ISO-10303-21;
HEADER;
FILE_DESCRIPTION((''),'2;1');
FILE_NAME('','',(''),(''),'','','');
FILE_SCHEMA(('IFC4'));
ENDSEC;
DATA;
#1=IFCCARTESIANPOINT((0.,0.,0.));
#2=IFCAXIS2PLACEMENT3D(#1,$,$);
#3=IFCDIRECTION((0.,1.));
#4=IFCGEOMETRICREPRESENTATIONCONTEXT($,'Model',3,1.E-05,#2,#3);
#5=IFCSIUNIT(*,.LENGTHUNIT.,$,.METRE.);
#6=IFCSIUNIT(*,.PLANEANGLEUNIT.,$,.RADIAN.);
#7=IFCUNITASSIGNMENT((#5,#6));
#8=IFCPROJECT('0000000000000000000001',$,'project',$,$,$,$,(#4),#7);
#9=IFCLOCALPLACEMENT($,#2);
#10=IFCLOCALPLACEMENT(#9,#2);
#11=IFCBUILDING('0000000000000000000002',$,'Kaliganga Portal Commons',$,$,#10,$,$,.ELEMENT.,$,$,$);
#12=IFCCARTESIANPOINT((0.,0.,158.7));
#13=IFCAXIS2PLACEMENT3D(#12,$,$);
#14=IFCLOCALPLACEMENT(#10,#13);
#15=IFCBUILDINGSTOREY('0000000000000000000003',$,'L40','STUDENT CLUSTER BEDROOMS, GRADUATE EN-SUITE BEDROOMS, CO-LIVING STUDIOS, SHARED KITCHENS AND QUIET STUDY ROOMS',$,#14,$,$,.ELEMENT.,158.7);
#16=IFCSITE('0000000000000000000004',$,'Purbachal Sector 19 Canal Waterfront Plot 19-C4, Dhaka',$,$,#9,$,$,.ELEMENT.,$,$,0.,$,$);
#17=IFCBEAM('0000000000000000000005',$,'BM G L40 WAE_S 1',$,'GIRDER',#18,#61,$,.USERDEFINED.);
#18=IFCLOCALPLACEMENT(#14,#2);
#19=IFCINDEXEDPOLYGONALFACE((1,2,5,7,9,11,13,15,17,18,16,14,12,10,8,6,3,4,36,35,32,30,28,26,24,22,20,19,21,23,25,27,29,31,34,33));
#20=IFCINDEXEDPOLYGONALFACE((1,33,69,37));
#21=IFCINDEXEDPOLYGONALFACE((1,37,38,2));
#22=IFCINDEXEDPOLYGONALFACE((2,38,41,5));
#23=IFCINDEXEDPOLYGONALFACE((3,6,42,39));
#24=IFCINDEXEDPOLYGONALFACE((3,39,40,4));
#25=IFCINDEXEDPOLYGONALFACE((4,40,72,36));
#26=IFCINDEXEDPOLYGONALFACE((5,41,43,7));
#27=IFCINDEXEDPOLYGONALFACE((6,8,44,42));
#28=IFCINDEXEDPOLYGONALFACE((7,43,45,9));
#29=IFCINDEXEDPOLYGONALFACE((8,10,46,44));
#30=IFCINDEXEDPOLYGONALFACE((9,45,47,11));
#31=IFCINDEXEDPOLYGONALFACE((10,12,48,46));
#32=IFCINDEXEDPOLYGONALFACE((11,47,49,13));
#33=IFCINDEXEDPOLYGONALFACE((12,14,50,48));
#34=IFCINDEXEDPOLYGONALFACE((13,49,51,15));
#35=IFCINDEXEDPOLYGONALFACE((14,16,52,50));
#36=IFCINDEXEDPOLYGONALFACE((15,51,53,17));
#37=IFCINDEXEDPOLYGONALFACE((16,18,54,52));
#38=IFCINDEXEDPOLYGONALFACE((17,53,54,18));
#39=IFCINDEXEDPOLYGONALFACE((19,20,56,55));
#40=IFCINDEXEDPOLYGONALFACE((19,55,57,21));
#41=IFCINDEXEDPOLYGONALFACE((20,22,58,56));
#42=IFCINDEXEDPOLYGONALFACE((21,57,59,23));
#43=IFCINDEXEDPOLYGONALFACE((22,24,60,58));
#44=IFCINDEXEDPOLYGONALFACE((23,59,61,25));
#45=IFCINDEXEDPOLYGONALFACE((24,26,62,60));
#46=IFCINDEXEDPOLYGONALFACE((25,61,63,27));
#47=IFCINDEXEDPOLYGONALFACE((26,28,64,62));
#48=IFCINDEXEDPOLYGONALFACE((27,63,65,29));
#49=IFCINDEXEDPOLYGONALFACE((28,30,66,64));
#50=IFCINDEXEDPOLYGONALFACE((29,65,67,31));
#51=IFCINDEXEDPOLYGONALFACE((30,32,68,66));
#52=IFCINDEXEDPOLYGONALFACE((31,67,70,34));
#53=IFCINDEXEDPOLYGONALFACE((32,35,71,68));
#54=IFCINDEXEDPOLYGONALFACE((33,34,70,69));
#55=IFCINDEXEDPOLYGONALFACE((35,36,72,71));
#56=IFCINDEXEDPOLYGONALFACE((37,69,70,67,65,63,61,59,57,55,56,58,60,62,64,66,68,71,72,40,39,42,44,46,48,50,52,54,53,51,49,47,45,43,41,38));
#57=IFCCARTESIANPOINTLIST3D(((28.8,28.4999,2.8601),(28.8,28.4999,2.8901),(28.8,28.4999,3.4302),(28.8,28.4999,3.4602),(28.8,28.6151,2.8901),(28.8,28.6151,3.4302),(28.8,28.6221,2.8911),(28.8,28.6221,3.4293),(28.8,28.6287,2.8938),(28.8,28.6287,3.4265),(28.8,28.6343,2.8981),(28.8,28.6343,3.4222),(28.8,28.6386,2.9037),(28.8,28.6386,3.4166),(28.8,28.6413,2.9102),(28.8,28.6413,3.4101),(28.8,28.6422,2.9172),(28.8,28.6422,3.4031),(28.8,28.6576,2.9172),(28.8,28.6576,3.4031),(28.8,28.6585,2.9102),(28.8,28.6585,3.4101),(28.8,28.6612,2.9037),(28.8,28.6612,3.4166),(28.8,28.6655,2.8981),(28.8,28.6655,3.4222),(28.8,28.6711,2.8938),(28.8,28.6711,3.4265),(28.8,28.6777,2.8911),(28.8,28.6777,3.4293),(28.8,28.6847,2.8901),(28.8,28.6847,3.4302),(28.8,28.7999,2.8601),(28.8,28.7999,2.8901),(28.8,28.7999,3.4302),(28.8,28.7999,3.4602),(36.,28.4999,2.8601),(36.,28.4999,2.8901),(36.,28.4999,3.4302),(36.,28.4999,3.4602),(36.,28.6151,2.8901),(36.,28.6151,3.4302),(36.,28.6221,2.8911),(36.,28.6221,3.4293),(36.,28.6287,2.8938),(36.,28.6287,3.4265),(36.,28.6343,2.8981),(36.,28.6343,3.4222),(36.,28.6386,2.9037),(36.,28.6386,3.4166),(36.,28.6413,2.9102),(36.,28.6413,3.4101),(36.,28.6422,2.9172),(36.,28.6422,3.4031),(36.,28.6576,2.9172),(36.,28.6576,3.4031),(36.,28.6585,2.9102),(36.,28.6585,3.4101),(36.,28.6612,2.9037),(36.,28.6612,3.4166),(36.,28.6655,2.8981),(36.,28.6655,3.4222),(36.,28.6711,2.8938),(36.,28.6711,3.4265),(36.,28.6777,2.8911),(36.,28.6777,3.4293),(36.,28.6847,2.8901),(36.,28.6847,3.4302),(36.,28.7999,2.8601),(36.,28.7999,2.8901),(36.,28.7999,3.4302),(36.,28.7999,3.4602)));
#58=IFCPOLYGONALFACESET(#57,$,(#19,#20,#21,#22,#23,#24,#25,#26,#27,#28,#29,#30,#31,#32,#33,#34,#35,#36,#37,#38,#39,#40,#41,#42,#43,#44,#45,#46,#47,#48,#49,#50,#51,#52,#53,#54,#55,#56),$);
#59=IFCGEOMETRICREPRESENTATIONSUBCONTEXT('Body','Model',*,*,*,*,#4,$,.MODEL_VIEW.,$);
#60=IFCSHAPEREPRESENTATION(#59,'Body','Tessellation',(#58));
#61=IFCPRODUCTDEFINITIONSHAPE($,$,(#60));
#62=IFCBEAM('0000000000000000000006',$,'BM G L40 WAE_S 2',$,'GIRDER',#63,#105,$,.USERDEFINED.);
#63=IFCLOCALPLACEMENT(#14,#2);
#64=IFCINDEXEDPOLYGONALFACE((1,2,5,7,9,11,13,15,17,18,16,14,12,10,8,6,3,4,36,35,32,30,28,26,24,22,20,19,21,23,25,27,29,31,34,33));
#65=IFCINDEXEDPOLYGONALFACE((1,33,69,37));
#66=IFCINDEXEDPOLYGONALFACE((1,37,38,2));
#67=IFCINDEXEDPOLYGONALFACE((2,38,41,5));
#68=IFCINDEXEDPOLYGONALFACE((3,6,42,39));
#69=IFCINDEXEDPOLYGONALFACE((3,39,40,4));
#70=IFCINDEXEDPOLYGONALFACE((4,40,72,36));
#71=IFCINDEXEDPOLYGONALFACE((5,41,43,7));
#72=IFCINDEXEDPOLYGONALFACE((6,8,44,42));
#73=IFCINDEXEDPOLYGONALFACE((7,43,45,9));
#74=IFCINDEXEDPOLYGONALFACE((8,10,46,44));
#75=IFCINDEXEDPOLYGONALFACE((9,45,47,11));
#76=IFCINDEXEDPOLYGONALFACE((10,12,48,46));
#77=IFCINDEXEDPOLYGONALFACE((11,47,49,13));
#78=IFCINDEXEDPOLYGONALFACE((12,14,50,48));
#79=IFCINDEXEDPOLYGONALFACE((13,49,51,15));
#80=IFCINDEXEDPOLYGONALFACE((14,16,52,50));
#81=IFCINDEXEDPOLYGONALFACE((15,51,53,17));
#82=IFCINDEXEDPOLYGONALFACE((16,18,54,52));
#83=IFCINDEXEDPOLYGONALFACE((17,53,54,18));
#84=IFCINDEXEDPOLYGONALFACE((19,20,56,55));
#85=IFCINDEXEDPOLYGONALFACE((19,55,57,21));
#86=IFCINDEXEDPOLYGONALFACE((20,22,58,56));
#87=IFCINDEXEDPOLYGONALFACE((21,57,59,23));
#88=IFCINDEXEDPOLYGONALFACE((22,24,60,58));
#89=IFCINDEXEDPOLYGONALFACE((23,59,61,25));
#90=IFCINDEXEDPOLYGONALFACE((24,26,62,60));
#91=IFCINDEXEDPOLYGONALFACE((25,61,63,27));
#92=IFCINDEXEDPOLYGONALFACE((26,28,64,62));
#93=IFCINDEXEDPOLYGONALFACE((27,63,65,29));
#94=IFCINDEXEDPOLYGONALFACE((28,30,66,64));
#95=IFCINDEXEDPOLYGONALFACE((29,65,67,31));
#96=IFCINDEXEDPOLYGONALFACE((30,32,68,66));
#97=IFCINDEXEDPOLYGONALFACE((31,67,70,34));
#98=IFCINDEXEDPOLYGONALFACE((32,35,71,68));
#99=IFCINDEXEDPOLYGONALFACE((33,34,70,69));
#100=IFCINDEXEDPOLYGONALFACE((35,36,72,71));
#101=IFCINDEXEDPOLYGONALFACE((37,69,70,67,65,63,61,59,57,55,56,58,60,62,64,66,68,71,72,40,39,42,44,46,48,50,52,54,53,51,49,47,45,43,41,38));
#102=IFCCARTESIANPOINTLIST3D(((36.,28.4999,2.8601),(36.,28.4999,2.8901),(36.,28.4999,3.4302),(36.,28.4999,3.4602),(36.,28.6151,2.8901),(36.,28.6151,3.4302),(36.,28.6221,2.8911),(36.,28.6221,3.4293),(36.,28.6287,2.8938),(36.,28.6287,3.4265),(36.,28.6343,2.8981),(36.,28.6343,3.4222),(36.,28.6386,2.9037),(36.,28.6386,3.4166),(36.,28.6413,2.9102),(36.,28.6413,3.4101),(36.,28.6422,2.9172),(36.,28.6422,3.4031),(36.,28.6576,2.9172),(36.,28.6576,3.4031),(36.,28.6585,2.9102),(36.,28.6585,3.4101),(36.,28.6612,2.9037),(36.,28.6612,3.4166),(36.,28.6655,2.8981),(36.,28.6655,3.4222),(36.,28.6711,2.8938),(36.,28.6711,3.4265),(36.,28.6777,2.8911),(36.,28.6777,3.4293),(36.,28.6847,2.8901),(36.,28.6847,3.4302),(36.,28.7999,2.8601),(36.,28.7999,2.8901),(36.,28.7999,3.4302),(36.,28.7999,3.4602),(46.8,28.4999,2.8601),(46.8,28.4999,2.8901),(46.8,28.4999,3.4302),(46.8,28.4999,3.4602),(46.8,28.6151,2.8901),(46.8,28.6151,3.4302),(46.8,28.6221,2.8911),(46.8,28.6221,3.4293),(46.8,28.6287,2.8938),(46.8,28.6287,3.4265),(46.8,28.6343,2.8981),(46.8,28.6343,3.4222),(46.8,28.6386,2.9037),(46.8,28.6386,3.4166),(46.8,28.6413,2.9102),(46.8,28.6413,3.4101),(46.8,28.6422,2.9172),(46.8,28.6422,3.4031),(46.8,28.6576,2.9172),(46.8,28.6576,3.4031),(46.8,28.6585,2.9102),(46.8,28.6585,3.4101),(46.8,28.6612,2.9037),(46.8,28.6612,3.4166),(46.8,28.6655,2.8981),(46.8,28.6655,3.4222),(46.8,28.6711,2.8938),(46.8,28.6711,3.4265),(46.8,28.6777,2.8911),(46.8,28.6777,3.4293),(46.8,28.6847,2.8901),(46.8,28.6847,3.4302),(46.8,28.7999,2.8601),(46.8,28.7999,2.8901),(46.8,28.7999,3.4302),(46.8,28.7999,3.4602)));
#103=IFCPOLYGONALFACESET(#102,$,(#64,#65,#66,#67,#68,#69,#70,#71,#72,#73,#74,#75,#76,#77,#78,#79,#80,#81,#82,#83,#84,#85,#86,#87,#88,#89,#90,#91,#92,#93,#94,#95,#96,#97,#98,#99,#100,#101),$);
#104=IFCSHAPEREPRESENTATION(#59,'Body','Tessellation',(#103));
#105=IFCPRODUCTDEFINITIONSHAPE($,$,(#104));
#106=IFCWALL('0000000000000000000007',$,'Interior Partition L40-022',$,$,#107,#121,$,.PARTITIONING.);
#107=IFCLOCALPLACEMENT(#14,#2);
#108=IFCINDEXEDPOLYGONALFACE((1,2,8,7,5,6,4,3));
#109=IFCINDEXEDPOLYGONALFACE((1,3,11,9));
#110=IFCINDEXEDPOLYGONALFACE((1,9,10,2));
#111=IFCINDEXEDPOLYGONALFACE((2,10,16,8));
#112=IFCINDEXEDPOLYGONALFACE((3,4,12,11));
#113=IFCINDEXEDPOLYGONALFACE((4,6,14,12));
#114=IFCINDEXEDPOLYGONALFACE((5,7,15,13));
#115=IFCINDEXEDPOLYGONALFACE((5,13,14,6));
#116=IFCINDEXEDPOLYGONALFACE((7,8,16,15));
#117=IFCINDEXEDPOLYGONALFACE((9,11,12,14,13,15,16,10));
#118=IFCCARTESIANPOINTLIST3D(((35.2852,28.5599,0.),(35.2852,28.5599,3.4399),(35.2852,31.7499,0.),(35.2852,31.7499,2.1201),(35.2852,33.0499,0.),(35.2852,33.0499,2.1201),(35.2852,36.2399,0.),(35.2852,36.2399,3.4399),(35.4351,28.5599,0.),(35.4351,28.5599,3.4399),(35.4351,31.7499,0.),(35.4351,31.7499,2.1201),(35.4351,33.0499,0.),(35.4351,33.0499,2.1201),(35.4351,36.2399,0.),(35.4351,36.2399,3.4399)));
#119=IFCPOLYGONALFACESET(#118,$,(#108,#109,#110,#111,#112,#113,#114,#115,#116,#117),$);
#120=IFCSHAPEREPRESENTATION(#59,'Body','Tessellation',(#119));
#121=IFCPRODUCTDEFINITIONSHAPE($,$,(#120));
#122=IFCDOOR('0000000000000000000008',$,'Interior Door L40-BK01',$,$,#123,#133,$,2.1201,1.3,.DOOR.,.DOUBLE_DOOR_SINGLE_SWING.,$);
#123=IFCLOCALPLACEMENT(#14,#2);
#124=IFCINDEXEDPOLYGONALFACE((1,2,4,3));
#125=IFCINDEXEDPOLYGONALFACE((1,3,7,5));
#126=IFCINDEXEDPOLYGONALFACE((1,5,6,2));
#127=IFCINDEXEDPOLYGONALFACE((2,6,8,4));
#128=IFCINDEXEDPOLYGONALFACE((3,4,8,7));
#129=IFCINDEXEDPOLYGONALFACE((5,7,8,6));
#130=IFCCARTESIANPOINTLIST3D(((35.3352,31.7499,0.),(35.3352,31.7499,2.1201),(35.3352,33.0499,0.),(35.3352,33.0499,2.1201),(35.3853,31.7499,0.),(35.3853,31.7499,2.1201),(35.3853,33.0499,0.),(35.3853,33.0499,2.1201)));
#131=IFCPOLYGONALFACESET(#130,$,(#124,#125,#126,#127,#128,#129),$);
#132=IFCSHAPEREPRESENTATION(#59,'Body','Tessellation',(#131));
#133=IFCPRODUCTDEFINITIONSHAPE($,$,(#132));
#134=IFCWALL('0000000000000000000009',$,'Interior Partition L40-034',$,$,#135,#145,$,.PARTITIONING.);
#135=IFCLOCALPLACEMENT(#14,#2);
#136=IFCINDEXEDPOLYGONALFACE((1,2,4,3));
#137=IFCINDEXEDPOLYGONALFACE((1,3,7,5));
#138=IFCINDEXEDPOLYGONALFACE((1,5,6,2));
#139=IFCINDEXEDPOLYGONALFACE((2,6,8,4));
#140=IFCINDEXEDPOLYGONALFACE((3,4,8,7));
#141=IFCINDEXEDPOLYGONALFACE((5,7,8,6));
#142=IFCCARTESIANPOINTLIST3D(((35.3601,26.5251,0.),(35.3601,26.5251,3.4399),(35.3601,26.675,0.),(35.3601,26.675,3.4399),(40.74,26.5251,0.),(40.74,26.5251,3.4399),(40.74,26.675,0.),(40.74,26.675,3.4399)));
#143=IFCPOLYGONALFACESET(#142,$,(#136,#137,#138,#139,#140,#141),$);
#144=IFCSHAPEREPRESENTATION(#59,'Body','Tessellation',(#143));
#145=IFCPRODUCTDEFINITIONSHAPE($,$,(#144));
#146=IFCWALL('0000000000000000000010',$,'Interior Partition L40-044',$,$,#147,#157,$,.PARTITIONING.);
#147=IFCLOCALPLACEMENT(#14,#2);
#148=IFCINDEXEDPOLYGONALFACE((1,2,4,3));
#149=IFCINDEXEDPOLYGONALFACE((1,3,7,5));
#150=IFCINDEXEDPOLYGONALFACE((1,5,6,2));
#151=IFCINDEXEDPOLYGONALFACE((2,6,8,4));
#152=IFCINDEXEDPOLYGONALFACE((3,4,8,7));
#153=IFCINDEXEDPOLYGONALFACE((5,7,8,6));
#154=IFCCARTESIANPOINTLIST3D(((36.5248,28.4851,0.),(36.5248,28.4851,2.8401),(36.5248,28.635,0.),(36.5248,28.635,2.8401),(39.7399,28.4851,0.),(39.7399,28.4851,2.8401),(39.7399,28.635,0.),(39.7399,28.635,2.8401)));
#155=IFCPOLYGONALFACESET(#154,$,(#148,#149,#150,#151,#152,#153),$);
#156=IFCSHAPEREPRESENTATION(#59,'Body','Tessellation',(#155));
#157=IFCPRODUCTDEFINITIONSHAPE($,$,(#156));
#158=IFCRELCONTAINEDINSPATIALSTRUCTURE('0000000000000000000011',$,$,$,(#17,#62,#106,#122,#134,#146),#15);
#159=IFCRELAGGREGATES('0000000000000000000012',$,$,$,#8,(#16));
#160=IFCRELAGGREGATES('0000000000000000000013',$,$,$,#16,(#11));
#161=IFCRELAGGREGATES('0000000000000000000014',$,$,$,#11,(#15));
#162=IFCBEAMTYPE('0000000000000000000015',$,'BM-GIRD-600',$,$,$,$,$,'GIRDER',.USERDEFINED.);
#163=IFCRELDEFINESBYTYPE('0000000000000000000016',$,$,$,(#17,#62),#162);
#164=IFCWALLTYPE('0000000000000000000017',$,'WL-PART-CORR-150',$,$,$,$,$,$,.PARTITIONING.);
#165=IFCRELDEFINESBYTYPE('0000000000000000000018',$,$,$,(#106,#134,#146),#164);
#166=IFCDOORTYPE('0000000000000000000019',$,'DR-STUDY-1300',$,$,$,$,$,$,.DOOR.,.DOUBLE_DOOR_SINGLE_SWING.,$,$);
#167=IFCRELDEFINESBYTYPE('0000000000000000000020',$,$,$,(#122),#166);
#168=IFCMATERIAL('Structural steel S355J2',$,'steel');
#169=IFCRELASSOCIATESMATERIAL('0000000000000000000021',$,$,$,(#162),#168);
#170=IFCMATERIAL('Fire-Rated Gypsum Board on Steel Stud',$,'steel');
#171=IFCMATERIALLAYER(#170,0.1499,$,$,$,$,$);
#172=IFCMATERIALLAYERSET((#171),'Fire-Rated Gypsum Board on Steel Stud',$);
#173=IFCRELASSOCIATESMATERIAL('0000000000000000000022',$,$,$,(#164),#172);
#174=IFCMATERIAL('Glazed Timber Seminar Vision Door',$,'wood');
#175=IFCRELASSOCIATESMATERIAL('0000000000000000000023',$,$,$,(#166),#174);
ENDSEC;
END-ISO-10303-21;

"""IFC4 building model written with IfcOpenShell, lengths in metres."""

from ifc_helpers import new_model, si_unit, direction, frame, frame_2d, origin, origin_2d, place, context, subcontext, project, spatial, rectangle, i_section, extrude, source, transform, mapped, material, layer, layer_set, material_profile, profile_set, type_object, element, fill, save


model = new_model("IFC4")

# Units and contexts
model_context = context("Model", 3, precision=1e-05, world=origin(), true_north=direction((0.0, 1.0)))
body_context = subcontext(model_context, "Body", "Model", "MODEL_VIEW")
ifc_project = project(units=[si_unit("LENGTHUNIT", "METRE"), si_unit("PLANEANGLEUNIT", "RADIAN")], contexts=[model_context])

# Site, building, storey
site_placement = place(None, origin())
site = spatial("IfcSite", under=ifc_project, at=site_placement, Name="Purbachal Sector 19 Canal Waterfront Plot 19-C4, Dhaka", CompositionType="ELEMENT", RefElevation=0.0)
building_placement = place(site_placement, origin())
building = spatial("IfcBuilding", under=site, at=building_placement, Name="Kaliganga Portal Commons", CompositionType="ELEMENT")
storey_placement = place(building_placement, frame((0.0, 0.0, 158.7)))
storey = spatial("IfcBuildingStorey", under=building, at=storey_placement, Name="L40", Description="STUDENT CLUSTER BEDROOMS, GRADUATE EN-SUITE BEDROOMS, CO-LIVING STUDIOS, SHARED KITCHENS AND QUIET STUDY ROOMS", CompositionType="ELEMENT", Elevation=158.7)

# Beams
ifc_material_1 = material(Name="Structural steel S355J2", Category="steel")
ifc_material_profile_1 = material_profile(ifc_material_1, i_section(OverallWidth=0.3, OverallDepth=0.6001, WebThickness=0.0154, FlangeThickness=0.03, FilletRadius=0.0271, at=origin_2d()), Name="HE 600 B")
ifc_profile_set_1 = profile_set([ifc_material_profile_1], Name="Structural steel S355J2 wide-flange")
beam_type_1 = type_object("IfcBeamType", Name="BM-GIRD-600", ElementType="GIRDER", PredefinedType="USERDEFINED", material=ifc_profile_set_1)
shared_shape_1 = source(origin(), body_context, "Body", "SweptSolid", [
    extrude(i_section(OverallWidth=0.3, OverallDepth=0.6001, WebThickness=0.0154, FlangeThickness=0.03, FilletRadius=0.0271, at=origin_2d()), origin(), (0.0, 0.0, 1.0), 7.2),
])
beam_1_placement = place(storey_placement, frame((28.8, 28.6499, 3.1602), z_axis=(1.0, 0.0, 0.0), x_axis=(0.0, 1.0, 0.0)))
element("IfcBeam", 1, at=beam_1_placement, inside=storey, type_object=beam_type_1, Name="BM G L40 WAE_S 1", ObjectType="GIRDER", PredefinedType="USERDEFINED", context=body_context, shape_type="MappedRepresentation", body=[
    mapped(shared_shape_1, transform((0.0, 0.0, 0.0), x_axis=(1.0, 0.0, 0.0), y_axis=(0.0, 1.0, 0.0), z_axis=(0.0, 0.0, 1.0), scale=1.0)),
])
shared_shape_2 = source(origin(), body_context, "Body", "SweptSolid", [
    extrude(i_section(OverallWidth=0.3, OverallDepth=0.6001, WebThickness=0.0154, FlangeThickness=0.03, FilletRadius=0.0271, at=origin_2d()), origin(), (0.0, 0.0, 1.0), 10.8),
])
beam_2_placement = place(storey_placement, frame((36.0, 28.6499, 3.1602), z_axis=(1.0, 0.0, 0.0), x_axis=(0.0, 1.0, 0.0)))
element("IfcBeam", 2, at=beam_2_placement, inside=storey, type_object=beam_type_1, Name="BM G L40 WAE_S 2", ObjectType="GIRDER", PredefinedType="USERDEFINED", context=body_context, shape_type="MappedRepresentation", body=[
    mapped(shared_shape_2, transform((0.0, 0.0, 0.0), x_axis=(1.0, 0.0, 0.0), y_axis=(0.0, 1.0, 0.0), z_axis=(0.0, 0.0, 1.0), scale=1.0)),
])

# Wall, opening, door
ifc_material_2 = material(Name="Fire-Rated Gypsum Board on Steel Stud", Category="steel")
ifc_layer_1 = layer(ifc_material_2, 0.1499)
ifc_layer_set_1 = layer_set([ifc_layer_1], Name="Fire-Rated Gypsum Board on Steel Stud")
wall_type_1 = type_object("IfcWallType", Name="WL-PART-CORR-150", PredefinedType="PARTITIONING", material=ifc_layer_set_1)
wall_1_placement = place(storey_placement, frame((35.3601, 28.5601, 0.0), z_axis=(0.0, 0.0, 1.0), x_axis=(0.0, 1.0, 0.0)))
wall_1 = element("IfcWall", 3, at=wall_1_placement, inside=storey, type_object=wall_type_1, Name="Interior Partition L40-022", PredefinedType="PARTITIONING", context=body_context, shape_type="SweptSolid", body=[
    extrude(rectangle(XDim=7.6799, YDim=0.1499, at=frame_2d((3.8398, 0.0))), origin(), (0.0, 0.0, 1.0), 3.4399),
])
opening_1_placement = place(wall_1_placement, frame((3.1899, 0.0, 0.0)))
opening_1 = element("IfcOpeningElement", 4, at=opening_1_placement, cuts=wall_1, PredefinedType="OPENING", context=body_context, shape_type="SweptSolid", body=[
    extrude(rectangle(XDim=1.3, YDim=2.1201, at=frame_2d((0.6499, 1.0601))), frame((0.0, 0.085, 0.0), z_axis=(0.0, -1.0, 0.0), x_axis=(1.0, 0.0, 0.0)), (0.0, 0.0, 1.0), 0.1699),
])
ifc_material_3 = material(Name="Glazed Timber Seminar Vision Door", Category="wood")
door_type_1 = type_object("IfcDoorType", Name="DR-STUDY-1300", OperationType="DOUBLE_DOOR_SINGLE_SWING", PredefinedType="DOOR", material=ifc_material_3)
door_1_placement = place(opening_1_placement, origin())
door_1 = element("IfcDoor", 5, at=door_1_placement, inside=storey, type_object=door_type_1, Name="Interior Door L40-BK01", OperationType="DOUBLE_DOOR_SINGLE_SWING", OverallHeight=2.1201, OverallWidth=1.3, PredefinedType="DOOR", context=body_context, shape_type="SweptSolid", body=[
    extrude(rectangle(XDim=1.3, YDim=2.1201, at=frame_2d((0.6499, 1.0601))), frame((0.0, 0.0249, 0.0), z_axis=(0.0, -1.0, 0.0), x_axis=(1.0, 0.0, 0.0)), (0.0, 0.0, 1.0), 0.05),
])
fill(opening_1, door_1)

# Wall
wall_2_placement = place(storey_placement, frame((35.3601, 26.6001, 0.0), z_axis=(0.0, 0.0, 1.0), x_axis=(1.0, 0.0, 0.0)))
element("IfcWall", 6, at=wall_2_placement, inside=storey, type_object=wall_type_1, Name="Interior Partition L40-034", PredefinedType="PARTITIONING", context=body_context, shape_type="SweptSolid", body=[
    extrude(rectangle(XDim=5.3799, YDim=0.1499, at=frame_2d((2.6899, 0.0))), origin(), (0.0, 0.0, 1.0), 3.4399),
])

# Wall
wall_3_placement = place(storey_placement, frame((36.5249, 28.5601, 0.0), z_axis=(0.0, 0.0, 1.0), x_axis=(1.0, 0.0, 0.0)))
element("IfcWall", 7, at=wall_3_placement, inside=storey, type_object=wall_type_1, Name="Interior Partition L40-044", PredefinedType="PARTITIONING", context=body_context, shape_type="SweptSolid", body=[
    extrude(rectangle(XDim=3.2151, YDim=0.1499, at=frame_2d((1.6074, 0.0))), origin(), (0.0, 0.0, 1.0), 2.8401),
])

save(model, "model.ifc")
